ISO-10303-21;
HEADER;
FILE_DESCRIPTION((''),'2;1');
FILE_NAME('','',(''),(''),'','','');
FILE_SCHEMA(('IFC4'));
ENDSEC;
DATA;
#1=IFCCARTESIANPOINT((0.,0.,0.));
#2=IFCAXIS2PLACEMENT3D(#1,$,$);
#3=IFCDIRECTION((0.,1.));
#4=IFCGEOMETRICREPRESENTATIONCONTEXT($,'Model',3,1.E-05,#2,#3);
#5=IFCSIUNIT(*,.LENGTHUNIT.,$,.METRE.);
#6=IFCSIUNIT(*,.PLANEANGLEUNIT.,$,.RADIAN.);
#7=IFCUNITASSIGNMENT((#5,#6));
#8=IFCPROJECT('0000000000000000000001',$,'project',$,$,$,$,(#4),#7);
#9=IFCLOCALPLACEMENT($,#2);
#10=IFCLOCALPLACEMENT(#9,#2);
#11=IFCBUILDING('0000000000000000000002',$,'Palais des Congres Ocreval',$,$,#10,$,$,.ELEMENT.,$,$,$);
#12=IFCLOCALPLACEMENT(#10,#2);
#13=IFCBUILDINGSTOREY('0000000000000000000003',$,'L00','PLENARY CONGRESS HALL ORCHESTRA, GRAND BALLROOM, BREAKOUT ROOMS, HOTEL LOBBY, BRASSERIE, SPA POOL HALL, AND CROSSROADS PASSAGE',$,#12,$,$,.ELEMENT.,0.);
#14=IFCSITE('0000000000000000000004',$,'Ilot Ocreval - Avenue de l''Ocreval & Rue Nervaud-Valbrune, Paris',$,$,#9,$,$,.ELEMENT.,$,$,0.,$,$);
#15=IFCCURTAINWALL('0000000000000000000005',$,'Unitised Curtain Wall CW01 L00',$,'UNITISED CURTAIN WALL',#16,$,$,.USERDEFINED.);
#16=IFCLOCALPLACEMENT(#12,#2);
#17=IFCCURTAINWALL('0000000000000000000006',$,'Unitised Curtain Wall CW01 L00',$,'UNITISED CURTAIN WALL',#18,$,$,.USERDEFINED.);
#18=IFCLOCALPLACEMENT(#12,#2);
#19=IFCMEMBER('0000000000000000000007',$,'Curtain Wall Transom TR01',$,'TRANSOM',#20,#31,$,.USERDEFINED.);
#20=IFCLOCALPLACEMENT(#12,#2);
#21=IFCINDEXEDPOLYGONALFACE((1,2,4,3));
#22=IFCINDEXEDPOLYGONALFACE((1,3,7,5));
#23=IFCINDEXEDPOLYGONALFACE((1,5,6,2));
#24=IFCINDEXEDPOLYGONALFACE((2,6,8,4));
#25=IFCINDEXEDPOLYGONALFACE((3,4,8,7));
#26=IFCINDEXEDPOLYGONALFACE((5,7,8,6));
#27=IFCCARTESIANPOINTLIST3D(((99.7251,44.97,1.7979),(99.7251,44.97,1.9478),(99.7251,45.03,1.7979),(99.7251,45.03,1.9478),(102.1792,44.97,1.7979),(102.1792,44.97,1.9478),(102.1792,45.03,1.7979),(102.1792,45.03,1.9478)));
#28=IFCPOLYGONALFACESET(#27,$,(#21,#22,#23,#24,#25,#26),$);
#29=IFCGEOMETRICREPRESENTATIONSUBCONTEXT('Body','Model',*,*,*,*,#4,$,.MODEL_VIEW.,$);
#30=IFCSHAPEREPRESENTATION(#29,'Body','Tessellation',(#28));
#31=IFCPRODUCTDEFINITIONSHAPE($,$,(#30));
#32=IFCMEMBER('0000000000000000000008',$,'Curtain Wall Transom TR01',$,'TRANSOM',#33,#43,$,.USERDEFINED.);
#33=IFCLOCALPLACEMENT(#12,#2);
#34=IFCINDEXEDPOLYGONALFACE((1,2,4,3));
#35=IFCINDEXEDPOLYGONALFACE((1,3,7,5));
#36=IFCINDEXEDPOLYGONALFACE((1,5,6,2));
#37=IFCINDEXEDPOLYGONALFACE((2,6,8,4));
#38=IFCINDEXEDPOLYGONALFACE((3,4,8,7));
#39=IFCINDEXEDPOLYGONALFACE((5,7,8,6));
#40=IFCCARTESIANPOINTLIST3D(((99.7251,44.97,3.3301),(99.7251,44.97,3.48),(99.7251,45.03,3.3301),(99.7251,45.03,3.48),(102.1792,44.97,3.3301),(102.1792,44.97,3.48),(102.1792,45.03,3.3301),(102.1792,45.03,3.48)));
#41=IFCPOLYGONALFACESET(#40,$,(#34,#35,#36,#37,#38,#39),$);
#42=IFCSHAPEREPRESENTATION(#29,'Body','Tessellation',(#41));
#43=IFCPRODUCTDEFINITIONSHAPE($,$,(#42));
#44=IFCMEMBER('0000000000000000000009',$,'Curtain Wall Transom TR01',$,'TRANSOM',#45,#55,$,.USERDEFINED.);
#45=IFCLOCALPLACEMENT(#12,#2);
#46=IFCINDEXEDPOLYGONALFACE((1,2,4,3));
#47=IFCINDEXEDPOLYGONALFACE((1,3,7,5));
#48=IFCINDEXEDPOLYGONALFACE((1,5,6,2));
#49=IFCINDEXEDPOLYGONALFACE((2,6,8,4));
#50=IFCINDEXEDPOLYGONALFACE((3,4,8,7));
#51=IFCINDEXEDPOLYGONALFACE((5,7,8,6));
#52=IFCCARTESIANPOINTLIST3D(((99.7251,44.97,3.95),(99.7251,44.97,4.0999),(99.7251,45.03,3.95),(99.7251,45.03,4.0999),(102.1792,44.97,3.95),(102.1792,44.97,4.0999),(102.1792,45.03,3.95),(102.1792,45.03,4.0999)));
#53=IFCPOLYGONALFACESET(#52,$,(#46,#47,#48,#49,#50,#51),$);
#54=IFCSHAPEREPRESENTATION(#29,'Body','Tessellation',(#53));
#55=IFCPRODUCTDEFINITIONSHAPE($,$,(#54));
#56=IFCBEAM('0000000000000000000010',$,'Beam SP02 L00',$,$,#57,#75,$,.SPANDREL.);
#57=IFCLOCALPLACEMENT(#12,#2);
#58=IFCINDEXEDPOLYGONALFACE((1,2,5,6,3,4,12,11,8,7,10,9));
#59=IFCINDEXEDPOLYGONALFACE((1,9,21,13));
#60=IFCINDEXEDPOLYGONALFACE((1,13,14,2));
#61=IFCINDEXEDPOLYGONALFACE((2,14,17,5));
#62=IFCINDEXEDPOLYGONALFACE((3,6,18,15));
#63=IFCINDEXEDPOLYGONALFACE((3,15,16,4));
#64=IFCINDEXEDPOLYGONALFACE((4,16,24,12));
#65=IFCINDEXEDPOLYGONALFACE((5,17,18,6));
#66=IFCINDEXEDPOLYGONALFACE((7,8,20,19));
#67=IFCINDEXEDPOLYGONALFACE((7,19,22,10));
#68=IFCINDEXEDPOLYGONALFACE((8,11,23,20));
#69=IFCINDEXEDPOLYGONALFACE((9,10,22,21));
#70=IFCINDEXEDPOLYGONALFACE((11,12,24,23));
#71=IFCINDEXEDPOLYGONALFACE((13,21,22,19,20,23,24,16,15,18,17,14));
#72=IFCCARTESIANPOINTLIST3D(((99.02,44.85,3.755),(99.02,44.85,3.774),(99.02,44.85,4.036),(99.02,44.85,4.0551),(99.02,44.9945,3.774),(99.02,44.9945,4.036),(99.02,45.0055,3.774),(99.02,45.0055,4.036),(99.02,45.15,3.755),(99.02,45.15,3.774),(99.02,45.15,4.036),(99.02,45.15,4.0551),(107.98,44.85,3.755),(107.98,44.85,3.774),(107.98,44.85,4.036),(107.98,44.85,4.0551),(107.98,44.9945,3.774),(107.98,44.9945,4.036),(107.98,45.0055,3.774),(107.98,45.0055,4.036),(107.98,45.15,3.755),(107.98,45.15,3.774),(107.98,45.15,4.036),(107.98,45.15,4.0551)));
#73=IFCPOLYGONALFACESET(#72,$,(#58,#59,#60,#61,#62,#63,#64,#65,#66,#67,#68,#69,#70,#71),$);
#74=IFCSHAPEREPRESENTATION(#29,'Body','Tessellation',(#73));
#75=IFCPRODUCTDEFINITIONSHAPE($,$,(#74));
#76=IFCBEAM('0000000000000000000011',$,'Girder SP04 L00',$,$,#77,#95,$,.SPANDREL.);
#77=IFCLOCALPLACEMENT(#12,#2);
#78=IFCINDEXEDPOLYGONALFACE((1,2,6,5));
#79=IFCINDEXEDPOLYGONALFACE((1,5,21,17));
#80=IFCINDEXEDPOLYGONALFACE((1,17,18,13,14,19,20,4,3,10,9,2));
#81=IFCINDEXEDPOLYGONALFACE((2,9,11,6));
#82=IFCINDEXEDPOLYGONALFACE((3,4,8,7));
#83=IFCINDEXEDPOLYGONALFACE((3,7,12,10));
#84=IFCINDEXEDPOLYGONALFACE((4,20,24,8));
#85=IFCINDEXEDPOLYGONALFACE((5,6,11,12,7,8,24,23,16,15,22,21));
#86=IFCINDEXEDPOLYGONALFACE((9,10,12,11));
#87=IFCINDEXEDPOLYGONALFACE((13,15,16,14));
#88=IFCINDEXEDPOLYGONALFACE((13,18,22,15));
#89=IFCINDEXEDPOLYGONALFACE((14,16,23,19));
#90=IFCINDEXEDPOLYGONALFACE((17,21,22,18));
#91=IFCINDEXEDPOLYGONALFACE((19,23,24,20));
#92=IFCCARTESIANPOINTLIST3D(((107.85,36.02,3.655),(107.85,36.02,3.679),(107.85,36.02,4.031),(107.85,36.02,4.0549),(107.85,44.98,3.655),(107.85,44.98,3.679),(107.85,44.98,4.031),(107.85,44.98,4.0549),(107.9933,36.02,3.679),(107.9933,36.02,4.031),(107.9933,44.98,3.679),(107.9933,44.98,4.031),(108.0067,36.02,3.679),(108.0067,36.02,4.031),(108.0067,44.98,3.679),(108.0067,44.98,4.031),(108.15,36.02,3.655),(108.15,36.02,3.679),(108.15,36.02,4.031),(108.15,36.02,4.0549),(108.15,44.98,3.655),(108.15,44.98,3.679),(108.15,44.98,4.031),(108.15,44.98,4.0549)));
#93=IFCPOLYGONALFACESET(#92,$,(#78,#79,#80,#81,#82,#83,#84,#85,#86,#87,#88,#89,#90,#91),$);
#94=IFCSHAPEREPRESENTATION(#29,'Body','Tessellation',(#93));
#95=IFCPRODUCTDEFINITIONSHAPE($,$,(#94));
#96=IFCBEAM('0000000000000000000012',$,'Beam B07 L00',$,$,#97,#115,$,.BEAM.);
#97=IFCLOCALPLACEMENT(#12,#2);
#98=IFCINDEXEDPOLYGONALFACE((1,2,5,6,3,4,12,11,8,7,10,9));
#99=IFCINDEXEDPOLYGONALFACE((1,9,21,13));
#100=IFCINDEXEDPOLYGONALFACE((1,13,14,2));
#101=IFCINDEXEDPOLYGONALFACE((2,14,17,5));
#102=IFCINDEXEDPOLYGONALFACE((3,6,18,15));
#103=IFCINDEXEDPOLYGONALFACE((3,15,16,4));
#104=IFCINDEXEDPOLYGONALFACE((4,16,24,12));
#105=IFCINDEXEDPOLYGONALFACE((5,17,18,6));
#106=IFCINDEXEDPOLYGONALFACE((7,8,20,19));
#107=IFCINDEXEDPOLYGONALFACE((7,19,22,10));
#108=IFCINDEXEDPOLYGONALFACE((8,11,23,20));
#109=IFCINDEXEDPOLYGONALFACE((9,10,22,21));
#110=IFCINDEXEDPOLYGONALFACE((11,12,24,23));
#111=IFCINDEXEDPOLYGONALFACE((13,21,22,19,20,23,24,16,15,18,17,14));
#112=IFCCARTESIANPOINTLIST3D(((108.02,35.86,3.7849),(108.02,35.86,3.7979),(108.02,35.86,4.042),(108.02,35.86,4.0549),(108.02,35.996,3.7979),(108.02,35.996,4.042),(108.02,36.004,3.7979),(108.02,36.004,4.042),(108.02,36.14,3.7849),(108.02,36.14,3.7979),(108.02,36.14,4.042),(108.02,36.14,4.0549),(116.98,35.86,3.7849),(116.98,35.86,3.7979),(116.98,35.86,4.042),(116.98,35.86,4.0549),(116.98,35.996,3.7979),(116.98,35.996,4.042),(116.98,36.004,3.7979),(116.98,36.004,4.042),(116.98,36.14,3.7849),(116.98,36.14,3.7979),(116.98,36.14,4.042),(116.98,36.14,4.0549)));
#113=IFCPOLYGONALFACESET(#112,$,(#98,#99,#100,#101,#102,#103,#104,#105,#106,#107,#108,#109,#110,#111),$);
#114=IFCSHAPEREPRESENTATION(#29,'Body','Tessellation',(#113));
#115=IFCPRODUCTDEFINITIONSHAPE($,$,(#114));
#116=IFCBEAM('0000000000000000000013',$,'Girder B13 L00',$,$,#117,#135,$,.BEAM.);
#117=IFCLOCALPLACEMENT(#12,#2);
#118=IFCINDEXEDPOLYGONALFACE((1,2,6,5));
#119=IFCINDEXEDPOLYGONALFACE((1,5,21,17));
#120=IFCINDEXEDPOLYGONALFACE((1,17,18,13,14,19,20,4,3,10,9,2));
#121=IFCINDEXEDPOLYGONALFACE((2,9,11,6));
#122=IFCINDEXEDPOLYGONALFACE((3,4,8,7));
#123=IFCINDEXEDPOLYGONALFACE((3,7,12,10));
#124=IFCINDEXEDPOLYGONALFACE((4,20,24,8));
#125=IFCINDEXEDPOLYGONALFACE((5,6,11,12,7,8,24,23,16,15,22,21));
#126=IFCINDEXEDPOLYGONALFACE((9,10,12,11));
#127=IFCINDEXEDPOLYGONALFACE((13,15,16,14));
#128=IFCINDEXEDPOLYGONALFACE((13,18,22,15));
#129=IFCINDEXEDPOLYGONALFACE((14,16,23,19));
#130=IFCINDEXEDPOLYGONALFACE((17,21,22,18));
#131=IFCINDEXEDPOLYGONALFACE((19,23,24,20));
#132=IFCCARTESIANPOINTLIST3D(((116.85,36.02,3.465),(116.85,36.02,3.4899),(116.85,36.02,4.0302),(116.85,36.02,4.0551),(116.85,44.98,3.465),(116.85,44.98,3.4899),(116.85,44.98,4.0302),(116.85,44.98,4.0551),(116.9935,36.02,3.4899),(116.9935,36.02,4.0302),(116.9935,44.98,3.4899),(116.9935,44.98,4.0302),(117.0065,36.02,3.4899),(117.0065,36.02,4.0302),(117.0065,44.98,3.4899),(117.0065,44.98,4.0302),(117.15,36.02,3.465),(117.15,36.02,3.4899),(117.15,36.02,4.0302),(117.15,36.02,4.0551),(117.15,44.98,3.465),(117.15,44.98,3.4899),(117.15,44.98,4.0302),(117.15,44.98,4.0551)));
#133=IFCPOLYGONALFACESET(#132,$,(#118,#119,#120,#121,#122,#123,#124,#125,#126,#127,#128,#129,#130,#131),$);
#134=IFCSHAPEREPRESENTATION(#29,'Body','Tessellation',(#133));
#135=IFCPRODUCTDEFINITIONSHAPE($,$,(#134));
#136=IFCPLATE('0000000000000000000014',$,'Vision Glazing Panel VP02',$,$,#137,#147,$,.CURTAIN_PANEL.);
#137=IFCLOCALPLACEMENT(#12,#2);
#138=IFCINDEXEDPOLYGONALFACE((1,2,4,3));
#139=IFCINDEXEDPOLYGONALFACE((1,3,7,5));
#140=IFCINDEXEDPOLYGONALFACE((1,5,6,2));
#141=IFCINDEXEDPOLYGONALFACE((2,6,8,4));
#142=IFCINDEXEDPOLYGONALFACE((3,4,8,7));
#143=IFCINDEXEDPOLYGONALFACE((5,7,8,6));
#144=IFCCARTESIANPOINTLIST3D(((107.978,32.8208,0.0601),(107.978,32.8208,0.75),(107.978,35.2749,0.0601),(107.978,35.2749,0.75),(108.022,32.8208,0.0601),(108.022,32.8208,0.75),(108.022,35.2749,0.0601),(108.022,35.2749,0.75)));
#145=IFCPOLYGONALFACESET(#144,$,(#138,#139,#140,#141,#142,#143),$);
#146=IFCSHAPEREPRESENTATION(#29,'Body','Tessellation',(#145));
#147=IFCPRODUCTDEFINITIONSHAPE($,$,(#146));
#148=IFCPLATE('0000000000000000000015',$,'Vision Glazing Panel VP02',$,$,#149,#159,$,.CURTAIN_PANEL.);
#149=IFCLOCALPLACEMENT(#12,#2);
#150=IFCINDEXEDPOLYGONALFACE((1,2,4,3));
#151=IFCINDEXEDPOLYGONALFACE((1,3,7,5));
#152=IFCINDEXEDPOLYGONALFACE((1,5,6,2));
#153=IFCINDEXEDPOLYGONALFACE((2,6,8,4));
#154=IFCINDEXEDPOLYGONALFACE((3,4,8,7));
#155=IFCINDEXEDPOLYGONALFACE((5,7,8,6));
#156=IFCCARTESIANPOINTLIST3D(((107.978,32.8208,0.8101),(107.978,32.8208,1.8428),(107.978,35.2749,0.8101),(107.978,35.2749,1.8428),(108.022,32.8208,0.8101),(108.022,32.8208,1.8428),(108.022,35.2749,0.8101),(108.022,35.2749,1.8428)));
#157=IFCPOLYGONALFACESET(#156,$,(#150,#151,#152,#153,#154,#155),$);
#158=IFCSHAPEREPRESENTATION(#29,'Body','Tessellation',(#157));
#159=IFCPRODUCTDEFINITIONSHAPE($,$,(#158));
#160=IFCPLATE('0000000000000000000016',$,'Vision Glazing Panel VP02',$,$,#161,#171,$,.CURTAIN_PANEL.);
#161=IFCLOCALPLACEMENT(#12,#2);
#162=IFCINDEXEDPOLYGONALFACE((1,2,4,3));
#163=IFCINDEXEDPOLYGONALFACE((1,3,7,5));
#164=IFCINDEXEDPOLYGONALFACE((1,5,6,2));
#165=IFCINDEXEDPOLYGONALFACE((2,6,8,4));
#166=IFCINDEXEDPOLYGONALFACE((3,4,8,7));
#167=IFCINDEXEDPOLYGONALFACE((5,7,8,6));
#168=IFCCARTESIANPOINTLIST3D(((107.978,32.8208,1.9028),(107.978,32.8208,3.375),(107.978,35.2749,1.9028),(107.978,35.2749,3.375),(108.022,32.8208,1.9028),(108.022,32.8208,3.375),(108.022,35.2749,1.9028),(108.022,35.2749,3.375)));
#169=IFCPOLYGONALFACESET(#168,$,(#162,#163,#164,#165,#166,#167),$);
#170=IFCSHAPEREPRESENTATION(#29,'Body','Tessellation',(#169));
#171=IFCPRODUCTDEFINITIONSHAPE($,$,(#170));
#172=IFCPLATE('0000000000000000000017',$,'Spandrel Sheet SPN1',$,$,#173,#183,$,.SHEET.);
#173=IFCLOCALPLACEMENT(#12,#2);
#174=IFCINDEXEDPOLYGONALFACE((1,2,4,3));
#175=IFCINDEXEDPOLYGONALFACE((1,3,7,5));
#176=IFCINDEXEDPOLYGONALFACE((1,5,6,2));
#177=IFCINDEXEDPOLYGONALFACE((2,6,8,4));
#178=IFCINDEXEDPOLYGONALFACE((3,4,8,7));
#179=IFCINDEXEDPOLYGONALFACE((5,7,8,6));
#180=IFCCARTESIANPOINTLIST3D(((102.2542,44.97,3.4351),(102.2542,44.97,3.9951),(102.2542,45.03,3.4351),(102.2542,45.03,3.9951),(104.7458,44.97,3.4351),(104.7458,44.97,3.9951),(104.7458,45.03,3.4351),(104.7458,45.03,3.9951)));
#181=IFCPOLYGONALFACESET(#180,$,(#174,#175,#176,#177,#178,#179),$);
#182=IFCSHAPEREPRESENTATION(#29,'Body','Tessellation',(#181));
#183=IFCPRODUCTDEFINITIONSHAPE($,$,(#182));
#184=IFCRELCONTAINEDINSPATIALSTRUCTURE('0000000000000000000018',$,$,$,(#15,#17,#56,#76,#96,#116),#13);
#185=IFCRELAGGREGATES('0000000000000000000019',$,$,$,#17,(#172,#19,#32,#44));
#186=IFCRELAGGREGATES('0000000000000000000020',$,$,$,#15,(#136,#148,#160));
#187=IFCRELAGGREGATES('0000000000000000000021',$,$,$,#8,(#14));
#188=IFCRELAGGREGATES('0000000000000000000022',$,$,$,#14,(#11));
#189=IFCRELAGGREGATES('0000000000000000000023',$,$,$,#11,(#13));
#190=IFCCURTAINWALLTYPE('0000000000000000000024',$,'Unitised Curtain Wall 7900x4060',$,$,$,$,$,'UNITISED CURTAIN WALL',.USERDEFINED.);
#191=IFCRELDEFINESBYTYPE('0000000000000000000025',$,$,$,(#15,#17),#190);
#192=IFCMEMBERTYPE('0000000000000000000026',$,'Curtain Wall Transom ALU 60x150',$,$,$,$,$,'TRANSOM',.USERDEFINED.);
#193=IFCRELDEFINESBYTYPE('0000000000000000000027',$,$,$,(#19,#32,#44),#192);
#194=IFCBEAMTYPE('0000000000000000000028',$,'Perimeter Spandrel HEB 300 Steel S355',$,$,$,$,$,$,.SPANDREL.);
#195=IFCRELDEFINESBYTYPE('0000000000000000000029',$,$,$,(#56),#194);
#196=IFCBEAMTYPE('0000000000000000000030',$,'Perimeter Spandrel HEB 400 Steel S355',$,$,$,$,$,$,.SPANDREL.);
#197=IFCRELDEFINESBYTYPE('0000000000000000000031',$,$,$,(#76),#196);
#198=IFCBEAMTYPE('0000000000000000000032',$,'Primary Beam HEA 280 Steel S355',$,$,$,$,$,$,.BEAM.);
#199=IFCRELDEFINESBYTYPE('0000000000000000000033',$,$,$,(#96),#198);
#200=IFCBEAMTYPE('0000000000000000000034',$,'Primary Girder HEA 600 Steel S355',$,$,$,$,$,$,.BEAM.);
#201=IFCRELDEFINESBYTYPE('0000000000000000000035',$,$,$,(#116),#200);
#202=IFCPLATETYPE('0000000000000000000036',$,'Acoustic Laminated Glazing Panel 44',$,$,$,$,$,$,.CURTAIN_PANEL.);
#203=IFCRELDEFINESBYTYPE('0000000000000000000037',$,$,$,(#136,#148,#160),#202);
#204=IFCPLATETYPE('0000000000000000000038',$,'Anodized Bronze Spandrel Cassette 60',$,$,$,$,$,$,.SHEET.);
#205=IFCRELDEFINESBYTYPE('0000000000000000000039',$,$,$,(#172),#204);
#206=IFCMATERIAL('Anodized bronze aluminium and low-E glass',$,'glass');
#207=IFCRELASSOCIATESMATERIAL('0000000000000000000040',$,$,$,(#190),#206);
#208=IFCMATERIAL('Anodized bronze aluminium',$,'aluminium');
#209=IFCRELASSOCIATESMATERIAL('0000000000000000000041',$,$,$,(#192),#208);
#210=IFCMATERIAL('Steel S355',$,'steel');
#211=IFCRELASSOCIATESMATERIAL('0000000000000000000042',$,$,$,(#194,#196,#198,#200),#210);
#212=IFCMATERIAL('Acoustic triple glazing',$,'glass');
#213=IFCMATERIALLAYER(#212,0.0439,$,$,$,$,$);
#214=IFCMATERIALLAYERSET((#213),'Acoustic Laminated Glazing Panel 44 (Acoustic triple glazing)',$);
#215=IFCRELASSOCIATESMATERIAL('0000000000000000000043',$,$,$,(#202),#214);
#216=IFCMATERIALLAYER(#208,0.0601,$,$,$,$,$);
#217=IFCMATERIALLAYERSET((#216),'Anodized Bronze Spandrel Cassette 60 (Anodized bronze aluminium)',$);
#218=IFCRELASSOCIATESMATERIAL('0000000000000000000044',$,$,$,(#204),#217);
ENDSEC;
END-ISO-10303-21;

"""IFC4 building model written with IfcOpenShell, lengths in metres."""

from ifc_helpers import new_model, si_unit, direction, frame, origin, origin_2d, place, context, subcontext, project, spatial, rectangle, i_section, extrude, material, layer, layer_set, material_profile, profile_set, type_object, element, aggregate, save


model = new_model("IFC4")

# Units and contexts
model_context = context("Model", 3, precision=1e-05, world=origin(), true_north=direction((0.0, 1.0)))
body_context = subcontext(model_context, "Body", "Model", "MODEL_VIEW")
ifc_project = project(units=[si_unit("LENGTHUNIT", "METRE"), si_unit("PLANEANGLEUNIT", "RADIAN")], contexts=[model_context])

# Site, building, storey
site_placement = place(None, origin())
site = spatial("IfcSite", under=ifc_project, at=site_placement, Name="Ilot Ocreval - Avenue de l'Ocreval & Rue Nervaud-Valbrune, Paris", CompositionType="ELEMENT", RefElevation=0.0)
building_placement = place(site_placement, origin())
building = spatial("IfcBuilding", under=site, at=building_placement, Name="Palais des Congres Ocreval", CompositionType="ELEMENT")
storey_placement = place(building_placement, origin())
storey = spatial("IfcBuildingStorey", under=building, at=storey_placement, Name="L00", Description="PLENARY CONGRESS HALL ORCHESTRA, GRAND BALLROOM, BREAKOUT ROOMS, HOTEL LOBBY, BRASSERIE, SPA POOL HALL, AND CROSSROADS PASSAGE", CompositionType="ELEMENT", Elevation=0.0)

# Shared definitions
ifc_material_1 = material(Name="Steel S355", Category="steel")

# Curtain wall
ifc_material_2 = material(Name="Anodized bronze aluminium and low-E glass", Category="glass")
curtain_wall_type = type_object("IfcCurtainWallType", Name="Unitised Curtain Wall 7900x4060", ElementType="UNITISED CURTAIN WALL", PredefinedType="USERDEFINED", material=ifc_material_2)
curtain_wall_1_placement = place(storey_placement, origin())
curtain_wall_1 = element("IfcCurtainWall", 1, at=curtain_wall_1_placement, inside=storey, type_object=curtain_wall_type, Name="Unitised Curtain Wall CW01 L00", ObjectType="UNITISED CURTAIN WALL", PredefinedType="USERDEFINED")
ifc_material_3 = material(Name="Anodized bronze aluminium", Category="aluminium")

# Curtain wall
curtain_wall_2_placement = place(storey_placement, origin())
curtain_wall_2 = element("IfcCurtainWall", 2, at=curtain_wall_2_placement, inside=storey, type_object=curtain_wall_type, Name="Unitised Curtain Wall CW01 L00", ObjectType="UNITISED CURTAIN WALL", PredefinedType="USERDEFINED")

# Members
ifc_material_profile_1 = material_profile(ifc_material_3, rectangle(XDim=0.0601, YDim=0.1499, at=origin_2d()), Name="ALU 60x150")
ifc_profile_set_1 = profile_set([ifc_material_profile_1], Name="Anodized bronze aluminium")
member_type_1 = type_object("IfcMemberType", Name="Curtain Wall Transom ALU 60x150", ElementType="TRANSOM", PredefinedType="USERDEFINED", material=ifc_profile_set_1)
member_1_placement = place(storey_placement, frame((102.1792, 45.0, 1.8728), z_axis=(-1.0, 0.0, 0.0), x_axis=(0.0, -1.0, 0.0)))
member_1 = element("IfcMember", 3, at=member_1_placement, type_object=member_type_1, Name="Curtain Wall Transom TR01", ObjectType="TRANSOM", PredefinedType="USERDEFINED", context=body_context, shape_type="SweptSolid", body=[
    extrude(rectangle(XDim=0.0601, YDim=0.1499, at=origin_2d()), origin(), (0.0, 0.0, 1.0), 2.4541),
])
member_2_placement = place(storey_placement, frame((102.1792, 45.0, 3.405), z_axis=(-1.0, 0.0, 0.0), x_axis=(0.0, -1.0, 0.0)))
member_2 = element("IfcMember", 4, at=member_2_placement, type_object=member_type_1, Name="Curtain Wall Transom TR01", ObjectType="TRANSOM", PredefinedType="USERDEFINED", context=body_context, shape_type="SweptSolid", body=[
    extrude(rectangle(XDim=0.0601, YDim=0.1499, at=origin_2d()), origin(), (0.0, 0.0, 1.0), 2.4541),
])
member_3_placement = place(storey_placement, frame((102.1792, 45.0, 4.0249), z_axis=(-1.0, 0.0, 0.0), x_axis=(0.0, -1.0, 0.0)))
member_3 = element("IfcMember", 5, at=member_3_placement, type_object=member_type_1, Name="Curtain Wall Transom TR01", ObjectType="TRANSOM", PredefinedType="USERDEFINED", context=body_context, shape_type="SweptSolid", body=[
    extrude(rectangle(XDim=0.0601, YDim=0.1499, at=origin_2d()), origin(), (0.0, 0.0, 1.0), 2.4541),
])

# Beams
ifc_material_profile_2 = material_profile(ifc_material_1, i_section(OverallWidth=0.3, OverallDepth=0.3, WebThickness=0.011, FlangeThickness=0.019, at=origin_2d()), Name="HEB 300")
ifc_profile_set_2 = profile_set([ifc_material_profile_2], Name="Steel S355")
beam_type_1 = type_object("IfcBeamType", Name="Perimeter Spandrel HEB 300 Steel S355", PredefinedType="SPANDREL", material=ifc_profile_set_2)
beam_1_placement = place(storey_placement, frame((99.02, 45.0, 3.905), z_axis=(1.0, 0.0, 0.0), x_axis=(0.0, 1.0, 0.0)))
element("IfcBeam", 6, at=beam_1_placement, inside=storey, type_object=beam_type_1, Name="Beam SP02 L00", PredefinedType="SPANDREL", context=body_context, shape_type="SweptSolid", body=[
    extrude(i_section(OverallWidth=0.3, OverallDepth=0.3, WebThickness=0.011, FlangeThickness=0.019, at=origin_2d()), origin(), (0.0, 0.0, 1.0), 8.96),
])
ifc_material_profile_3 = material_profile(ifc_material_1, i_section(OverallWidth=0.3, OverallDepth=0.3999, WebThickness=0.0134, FlangeThickness=0.0239, at=origin_2d()), Name="HEB 400")
ifc_profile_set_3 = profile_set([ifc_material_profile_3], Name="Steel S355")
beam_type_2 = type_object("IfcBeamType", Name="Perimeter Spandrel HEB 400 Steel S355", PredefinedType="SPANDREL", material=ifc_profile_set_3)
beam_2_placement = place(storey_placement, frame((108.0, 36.02, 3.855), z_axis=(0.0, 1.0, 0.0), x_axis=(-1.0, 0.0, 0.0)))
element("IfcBeam", 7, at=beam_2_placement, inside=storey, type_object=beam_type_2, Name="Girder SP04 L00", PredefinedType="SPANDREL", context=body_context, shape_type="SweptSolid", body=[
    extrude(i_section(OverallWidth=0.3, OverallDepth=0.3999, WebThickness=0.0134, FlangeThickness=0.0239, at=origin_2d()), origin(), (0.0, 0.0, 1.0), 8.96),
])
ifc_material_profile_4 = material_profile(ifc_material_1, i_section(OverallWidth=0.28, OverallDepth=0.27, WebThickness=0.0081, FlangeThickness=0.0129, at=origin_2d()), Name="HEA 280")
ifc_profile_set_4 = profile_set([ifc_material_profile_4], Name="Steel S355")
beam_type_3 = type_object("IfcBeamType", Name="Primary Beam HEA 280 Steel S355", PredefinedType="BEAM", material=ifc_profile_set_4)
beam_3_placement = place(storey_placement, frame((108.02, 36.0, 3.9199), z_axis=(1.0, 0.0, 0.0), x_axis=(0.0, 1.0, 0.0)))
element("IfcBeam", 8, at=beam_3_placement, inside=storey, type_object=beam_type_3, Name="Beam B07 L00", PredefinedType="BEAM", context=body_context, shape_type="SweptSolid", body=[
    extrude(i_section(OverallWidth=0.28, OverallDepth=0.27, WebThickness=0.0081, FlangeThickness=0.0129, at=origin_2d()), origin(), (0.0, 0.0, 1.0), 8.96),
])
ifc_material_profile_5 = material_profile(ifc_material_1, i_section(OverallWidth=0.3, OverallDepth=0.5901, WebThickness=0.0129, FlangeThickness=0.0249, at=origin_2d()), Name="HEA 600")
ifc_profile_set_5 = profile_set([ifc_material_profile_5], Name="Steel S355")
beam_type_4 = type_object("IfcBeamType", Name="Primary Girder HEA 600 Steel S355", PredefinedType="BEAM", material=ifc_profile_set_5)
beam_4_placement = place(storey_placement, frame((117.0, 36.02, 3.76), z_axis=(0.0, 1.0, 0.0), x_axis=(-1.0, 0.0, 0.0)))
element("IfcBeam", 9, at=beam_4_placement, inside=storey, type_object=beam_type_4, Name="Girder B13 L00", PredefinedType="BEAM", context=body_context, shape_type="SweptSolid", body=[
    extrude(i_section(OverallWidth=0.3, OverallDepth=0.5901, WebThickness=0.0129, FlangeThickness=0.0249, at=origin_2d()), origin(), (0.0, 0.0, 1.0), 8.96),
])

# Plates
ifc_material_4 = material(Name="Acoustic triple glazing", Category="glass")
ifc_layer_1 = layer(ifc_material_4, 0.0439)
ifc_layer_set_1 = layer_set([ifc_layer_1], Name="Acoustic Laminated Glazing Panel 44 (Acoustic triple glazing)")
plate_type_1 = type_object("IfcPlateType", Name="Acoustic Laminated Glazing Panel 44", PredefinedType="CURTAIN_PANEL", material=ifc_layer_set_1)
plate_1_placement = place(storey_placement, frame((108.0, 34.0479, 0.0601), z_axis=(0.0, 0.0, 1.0), x_axis=(0.0, 1.0, 0.0)))
plate_1 = element("IfcPlate", 10, at=plate_1_placement, type_object=plate_type_1, Name="Vision Glazing Panel VP02", PredefinedType="CURTAIN_PANEL", context=body_context, shape_type="SweptSolid", body=[
    extrude(rectangle(XDim=2.4541, YDim=0.0439, at=origin_2d()), origin(), (0.0, 0.0, 1.0), 0.6899),
])
plate_2_placement = place(storey_placement, frame((108.0, 34.0479, 0.8101), z_axis=(0.0, 0.0, 1.0), x_axis=(0.0, 1.0, 0.0)))
plate_2 = element("IfcPlate", 11, at=plate_2_placement, type_object=plate_type_1, Name="Vision Glazing Panel VP02", PredefinedType="CURTAIN_PANEL", context=body_context, shape_type="SweptSolid", body=[
    extrude(rectangle(XDim=2.4541, YDim=0.0439, at=origin_2d()), origin(), (0.0, 0.0, 1.0), 1.0327),
])
plate_3_placement = place(storey_placement, frame((108.0, 34.0479, 1.9028), z_axis=(0.0, 0.0, 1.0), x_axis=(0.0, 1.0, 0.0)))
plate_3 = element("IfcPlate", 12, at=plate_3_placement, type_object=plate_type_1, Name="Vision Glazing Panel VP02", PredefinedType="CURTAIN_PANEL", context=body_context, shape_type="SweptSolid", body=[
    extrude(rectangle(XDim=2.4541, YDim=0.0439, at=origin_2d()), origin(), (0.0, 0.0, 1.0), 1.4722),
])
ifc_layer_2 = layer(ifc_material_3, 0.0601)
ifc_layer_set_2 = layer_set([ifc_layer_2], Name="Anodized Bronze Spandrel Cassette 60 (Anodized bronze aluminium)")
plate_type_2 = type_object("IfcPlateType", Name="Anodized Bronze Spandrel Cassette 60", PredefinedType="SHEET", material=ifc_layer_set_2)
plate_4_placement = place(storey_placement, frame((103.5, 45.0, 3.4351), z_axis=(0.0, 0.0, 1.0), x_axis=(-1.0, 0.0, 0.0)))
plate_4 = element("IfcPlate", 13, at=plate_4_placement, type_object=plate_type_2, Name="Spandrel Sheet SPN1", PredefinedType="SHEET", context=body_context, shape_type="SweptSolid", body=[
    extrude(rectangle(XDim=2.4917, YDim=0.0601, at=origin_2d()), origin(), (0.0, 0.0, 1.0), 0.5601),
])
aggregate(curtain_wall_2, [plate_4, member_1, member_2, member_3])
aggregate(curtain_wall_1, [plate_1, plate_2, plate_3])

save(model, "model.ifc")
